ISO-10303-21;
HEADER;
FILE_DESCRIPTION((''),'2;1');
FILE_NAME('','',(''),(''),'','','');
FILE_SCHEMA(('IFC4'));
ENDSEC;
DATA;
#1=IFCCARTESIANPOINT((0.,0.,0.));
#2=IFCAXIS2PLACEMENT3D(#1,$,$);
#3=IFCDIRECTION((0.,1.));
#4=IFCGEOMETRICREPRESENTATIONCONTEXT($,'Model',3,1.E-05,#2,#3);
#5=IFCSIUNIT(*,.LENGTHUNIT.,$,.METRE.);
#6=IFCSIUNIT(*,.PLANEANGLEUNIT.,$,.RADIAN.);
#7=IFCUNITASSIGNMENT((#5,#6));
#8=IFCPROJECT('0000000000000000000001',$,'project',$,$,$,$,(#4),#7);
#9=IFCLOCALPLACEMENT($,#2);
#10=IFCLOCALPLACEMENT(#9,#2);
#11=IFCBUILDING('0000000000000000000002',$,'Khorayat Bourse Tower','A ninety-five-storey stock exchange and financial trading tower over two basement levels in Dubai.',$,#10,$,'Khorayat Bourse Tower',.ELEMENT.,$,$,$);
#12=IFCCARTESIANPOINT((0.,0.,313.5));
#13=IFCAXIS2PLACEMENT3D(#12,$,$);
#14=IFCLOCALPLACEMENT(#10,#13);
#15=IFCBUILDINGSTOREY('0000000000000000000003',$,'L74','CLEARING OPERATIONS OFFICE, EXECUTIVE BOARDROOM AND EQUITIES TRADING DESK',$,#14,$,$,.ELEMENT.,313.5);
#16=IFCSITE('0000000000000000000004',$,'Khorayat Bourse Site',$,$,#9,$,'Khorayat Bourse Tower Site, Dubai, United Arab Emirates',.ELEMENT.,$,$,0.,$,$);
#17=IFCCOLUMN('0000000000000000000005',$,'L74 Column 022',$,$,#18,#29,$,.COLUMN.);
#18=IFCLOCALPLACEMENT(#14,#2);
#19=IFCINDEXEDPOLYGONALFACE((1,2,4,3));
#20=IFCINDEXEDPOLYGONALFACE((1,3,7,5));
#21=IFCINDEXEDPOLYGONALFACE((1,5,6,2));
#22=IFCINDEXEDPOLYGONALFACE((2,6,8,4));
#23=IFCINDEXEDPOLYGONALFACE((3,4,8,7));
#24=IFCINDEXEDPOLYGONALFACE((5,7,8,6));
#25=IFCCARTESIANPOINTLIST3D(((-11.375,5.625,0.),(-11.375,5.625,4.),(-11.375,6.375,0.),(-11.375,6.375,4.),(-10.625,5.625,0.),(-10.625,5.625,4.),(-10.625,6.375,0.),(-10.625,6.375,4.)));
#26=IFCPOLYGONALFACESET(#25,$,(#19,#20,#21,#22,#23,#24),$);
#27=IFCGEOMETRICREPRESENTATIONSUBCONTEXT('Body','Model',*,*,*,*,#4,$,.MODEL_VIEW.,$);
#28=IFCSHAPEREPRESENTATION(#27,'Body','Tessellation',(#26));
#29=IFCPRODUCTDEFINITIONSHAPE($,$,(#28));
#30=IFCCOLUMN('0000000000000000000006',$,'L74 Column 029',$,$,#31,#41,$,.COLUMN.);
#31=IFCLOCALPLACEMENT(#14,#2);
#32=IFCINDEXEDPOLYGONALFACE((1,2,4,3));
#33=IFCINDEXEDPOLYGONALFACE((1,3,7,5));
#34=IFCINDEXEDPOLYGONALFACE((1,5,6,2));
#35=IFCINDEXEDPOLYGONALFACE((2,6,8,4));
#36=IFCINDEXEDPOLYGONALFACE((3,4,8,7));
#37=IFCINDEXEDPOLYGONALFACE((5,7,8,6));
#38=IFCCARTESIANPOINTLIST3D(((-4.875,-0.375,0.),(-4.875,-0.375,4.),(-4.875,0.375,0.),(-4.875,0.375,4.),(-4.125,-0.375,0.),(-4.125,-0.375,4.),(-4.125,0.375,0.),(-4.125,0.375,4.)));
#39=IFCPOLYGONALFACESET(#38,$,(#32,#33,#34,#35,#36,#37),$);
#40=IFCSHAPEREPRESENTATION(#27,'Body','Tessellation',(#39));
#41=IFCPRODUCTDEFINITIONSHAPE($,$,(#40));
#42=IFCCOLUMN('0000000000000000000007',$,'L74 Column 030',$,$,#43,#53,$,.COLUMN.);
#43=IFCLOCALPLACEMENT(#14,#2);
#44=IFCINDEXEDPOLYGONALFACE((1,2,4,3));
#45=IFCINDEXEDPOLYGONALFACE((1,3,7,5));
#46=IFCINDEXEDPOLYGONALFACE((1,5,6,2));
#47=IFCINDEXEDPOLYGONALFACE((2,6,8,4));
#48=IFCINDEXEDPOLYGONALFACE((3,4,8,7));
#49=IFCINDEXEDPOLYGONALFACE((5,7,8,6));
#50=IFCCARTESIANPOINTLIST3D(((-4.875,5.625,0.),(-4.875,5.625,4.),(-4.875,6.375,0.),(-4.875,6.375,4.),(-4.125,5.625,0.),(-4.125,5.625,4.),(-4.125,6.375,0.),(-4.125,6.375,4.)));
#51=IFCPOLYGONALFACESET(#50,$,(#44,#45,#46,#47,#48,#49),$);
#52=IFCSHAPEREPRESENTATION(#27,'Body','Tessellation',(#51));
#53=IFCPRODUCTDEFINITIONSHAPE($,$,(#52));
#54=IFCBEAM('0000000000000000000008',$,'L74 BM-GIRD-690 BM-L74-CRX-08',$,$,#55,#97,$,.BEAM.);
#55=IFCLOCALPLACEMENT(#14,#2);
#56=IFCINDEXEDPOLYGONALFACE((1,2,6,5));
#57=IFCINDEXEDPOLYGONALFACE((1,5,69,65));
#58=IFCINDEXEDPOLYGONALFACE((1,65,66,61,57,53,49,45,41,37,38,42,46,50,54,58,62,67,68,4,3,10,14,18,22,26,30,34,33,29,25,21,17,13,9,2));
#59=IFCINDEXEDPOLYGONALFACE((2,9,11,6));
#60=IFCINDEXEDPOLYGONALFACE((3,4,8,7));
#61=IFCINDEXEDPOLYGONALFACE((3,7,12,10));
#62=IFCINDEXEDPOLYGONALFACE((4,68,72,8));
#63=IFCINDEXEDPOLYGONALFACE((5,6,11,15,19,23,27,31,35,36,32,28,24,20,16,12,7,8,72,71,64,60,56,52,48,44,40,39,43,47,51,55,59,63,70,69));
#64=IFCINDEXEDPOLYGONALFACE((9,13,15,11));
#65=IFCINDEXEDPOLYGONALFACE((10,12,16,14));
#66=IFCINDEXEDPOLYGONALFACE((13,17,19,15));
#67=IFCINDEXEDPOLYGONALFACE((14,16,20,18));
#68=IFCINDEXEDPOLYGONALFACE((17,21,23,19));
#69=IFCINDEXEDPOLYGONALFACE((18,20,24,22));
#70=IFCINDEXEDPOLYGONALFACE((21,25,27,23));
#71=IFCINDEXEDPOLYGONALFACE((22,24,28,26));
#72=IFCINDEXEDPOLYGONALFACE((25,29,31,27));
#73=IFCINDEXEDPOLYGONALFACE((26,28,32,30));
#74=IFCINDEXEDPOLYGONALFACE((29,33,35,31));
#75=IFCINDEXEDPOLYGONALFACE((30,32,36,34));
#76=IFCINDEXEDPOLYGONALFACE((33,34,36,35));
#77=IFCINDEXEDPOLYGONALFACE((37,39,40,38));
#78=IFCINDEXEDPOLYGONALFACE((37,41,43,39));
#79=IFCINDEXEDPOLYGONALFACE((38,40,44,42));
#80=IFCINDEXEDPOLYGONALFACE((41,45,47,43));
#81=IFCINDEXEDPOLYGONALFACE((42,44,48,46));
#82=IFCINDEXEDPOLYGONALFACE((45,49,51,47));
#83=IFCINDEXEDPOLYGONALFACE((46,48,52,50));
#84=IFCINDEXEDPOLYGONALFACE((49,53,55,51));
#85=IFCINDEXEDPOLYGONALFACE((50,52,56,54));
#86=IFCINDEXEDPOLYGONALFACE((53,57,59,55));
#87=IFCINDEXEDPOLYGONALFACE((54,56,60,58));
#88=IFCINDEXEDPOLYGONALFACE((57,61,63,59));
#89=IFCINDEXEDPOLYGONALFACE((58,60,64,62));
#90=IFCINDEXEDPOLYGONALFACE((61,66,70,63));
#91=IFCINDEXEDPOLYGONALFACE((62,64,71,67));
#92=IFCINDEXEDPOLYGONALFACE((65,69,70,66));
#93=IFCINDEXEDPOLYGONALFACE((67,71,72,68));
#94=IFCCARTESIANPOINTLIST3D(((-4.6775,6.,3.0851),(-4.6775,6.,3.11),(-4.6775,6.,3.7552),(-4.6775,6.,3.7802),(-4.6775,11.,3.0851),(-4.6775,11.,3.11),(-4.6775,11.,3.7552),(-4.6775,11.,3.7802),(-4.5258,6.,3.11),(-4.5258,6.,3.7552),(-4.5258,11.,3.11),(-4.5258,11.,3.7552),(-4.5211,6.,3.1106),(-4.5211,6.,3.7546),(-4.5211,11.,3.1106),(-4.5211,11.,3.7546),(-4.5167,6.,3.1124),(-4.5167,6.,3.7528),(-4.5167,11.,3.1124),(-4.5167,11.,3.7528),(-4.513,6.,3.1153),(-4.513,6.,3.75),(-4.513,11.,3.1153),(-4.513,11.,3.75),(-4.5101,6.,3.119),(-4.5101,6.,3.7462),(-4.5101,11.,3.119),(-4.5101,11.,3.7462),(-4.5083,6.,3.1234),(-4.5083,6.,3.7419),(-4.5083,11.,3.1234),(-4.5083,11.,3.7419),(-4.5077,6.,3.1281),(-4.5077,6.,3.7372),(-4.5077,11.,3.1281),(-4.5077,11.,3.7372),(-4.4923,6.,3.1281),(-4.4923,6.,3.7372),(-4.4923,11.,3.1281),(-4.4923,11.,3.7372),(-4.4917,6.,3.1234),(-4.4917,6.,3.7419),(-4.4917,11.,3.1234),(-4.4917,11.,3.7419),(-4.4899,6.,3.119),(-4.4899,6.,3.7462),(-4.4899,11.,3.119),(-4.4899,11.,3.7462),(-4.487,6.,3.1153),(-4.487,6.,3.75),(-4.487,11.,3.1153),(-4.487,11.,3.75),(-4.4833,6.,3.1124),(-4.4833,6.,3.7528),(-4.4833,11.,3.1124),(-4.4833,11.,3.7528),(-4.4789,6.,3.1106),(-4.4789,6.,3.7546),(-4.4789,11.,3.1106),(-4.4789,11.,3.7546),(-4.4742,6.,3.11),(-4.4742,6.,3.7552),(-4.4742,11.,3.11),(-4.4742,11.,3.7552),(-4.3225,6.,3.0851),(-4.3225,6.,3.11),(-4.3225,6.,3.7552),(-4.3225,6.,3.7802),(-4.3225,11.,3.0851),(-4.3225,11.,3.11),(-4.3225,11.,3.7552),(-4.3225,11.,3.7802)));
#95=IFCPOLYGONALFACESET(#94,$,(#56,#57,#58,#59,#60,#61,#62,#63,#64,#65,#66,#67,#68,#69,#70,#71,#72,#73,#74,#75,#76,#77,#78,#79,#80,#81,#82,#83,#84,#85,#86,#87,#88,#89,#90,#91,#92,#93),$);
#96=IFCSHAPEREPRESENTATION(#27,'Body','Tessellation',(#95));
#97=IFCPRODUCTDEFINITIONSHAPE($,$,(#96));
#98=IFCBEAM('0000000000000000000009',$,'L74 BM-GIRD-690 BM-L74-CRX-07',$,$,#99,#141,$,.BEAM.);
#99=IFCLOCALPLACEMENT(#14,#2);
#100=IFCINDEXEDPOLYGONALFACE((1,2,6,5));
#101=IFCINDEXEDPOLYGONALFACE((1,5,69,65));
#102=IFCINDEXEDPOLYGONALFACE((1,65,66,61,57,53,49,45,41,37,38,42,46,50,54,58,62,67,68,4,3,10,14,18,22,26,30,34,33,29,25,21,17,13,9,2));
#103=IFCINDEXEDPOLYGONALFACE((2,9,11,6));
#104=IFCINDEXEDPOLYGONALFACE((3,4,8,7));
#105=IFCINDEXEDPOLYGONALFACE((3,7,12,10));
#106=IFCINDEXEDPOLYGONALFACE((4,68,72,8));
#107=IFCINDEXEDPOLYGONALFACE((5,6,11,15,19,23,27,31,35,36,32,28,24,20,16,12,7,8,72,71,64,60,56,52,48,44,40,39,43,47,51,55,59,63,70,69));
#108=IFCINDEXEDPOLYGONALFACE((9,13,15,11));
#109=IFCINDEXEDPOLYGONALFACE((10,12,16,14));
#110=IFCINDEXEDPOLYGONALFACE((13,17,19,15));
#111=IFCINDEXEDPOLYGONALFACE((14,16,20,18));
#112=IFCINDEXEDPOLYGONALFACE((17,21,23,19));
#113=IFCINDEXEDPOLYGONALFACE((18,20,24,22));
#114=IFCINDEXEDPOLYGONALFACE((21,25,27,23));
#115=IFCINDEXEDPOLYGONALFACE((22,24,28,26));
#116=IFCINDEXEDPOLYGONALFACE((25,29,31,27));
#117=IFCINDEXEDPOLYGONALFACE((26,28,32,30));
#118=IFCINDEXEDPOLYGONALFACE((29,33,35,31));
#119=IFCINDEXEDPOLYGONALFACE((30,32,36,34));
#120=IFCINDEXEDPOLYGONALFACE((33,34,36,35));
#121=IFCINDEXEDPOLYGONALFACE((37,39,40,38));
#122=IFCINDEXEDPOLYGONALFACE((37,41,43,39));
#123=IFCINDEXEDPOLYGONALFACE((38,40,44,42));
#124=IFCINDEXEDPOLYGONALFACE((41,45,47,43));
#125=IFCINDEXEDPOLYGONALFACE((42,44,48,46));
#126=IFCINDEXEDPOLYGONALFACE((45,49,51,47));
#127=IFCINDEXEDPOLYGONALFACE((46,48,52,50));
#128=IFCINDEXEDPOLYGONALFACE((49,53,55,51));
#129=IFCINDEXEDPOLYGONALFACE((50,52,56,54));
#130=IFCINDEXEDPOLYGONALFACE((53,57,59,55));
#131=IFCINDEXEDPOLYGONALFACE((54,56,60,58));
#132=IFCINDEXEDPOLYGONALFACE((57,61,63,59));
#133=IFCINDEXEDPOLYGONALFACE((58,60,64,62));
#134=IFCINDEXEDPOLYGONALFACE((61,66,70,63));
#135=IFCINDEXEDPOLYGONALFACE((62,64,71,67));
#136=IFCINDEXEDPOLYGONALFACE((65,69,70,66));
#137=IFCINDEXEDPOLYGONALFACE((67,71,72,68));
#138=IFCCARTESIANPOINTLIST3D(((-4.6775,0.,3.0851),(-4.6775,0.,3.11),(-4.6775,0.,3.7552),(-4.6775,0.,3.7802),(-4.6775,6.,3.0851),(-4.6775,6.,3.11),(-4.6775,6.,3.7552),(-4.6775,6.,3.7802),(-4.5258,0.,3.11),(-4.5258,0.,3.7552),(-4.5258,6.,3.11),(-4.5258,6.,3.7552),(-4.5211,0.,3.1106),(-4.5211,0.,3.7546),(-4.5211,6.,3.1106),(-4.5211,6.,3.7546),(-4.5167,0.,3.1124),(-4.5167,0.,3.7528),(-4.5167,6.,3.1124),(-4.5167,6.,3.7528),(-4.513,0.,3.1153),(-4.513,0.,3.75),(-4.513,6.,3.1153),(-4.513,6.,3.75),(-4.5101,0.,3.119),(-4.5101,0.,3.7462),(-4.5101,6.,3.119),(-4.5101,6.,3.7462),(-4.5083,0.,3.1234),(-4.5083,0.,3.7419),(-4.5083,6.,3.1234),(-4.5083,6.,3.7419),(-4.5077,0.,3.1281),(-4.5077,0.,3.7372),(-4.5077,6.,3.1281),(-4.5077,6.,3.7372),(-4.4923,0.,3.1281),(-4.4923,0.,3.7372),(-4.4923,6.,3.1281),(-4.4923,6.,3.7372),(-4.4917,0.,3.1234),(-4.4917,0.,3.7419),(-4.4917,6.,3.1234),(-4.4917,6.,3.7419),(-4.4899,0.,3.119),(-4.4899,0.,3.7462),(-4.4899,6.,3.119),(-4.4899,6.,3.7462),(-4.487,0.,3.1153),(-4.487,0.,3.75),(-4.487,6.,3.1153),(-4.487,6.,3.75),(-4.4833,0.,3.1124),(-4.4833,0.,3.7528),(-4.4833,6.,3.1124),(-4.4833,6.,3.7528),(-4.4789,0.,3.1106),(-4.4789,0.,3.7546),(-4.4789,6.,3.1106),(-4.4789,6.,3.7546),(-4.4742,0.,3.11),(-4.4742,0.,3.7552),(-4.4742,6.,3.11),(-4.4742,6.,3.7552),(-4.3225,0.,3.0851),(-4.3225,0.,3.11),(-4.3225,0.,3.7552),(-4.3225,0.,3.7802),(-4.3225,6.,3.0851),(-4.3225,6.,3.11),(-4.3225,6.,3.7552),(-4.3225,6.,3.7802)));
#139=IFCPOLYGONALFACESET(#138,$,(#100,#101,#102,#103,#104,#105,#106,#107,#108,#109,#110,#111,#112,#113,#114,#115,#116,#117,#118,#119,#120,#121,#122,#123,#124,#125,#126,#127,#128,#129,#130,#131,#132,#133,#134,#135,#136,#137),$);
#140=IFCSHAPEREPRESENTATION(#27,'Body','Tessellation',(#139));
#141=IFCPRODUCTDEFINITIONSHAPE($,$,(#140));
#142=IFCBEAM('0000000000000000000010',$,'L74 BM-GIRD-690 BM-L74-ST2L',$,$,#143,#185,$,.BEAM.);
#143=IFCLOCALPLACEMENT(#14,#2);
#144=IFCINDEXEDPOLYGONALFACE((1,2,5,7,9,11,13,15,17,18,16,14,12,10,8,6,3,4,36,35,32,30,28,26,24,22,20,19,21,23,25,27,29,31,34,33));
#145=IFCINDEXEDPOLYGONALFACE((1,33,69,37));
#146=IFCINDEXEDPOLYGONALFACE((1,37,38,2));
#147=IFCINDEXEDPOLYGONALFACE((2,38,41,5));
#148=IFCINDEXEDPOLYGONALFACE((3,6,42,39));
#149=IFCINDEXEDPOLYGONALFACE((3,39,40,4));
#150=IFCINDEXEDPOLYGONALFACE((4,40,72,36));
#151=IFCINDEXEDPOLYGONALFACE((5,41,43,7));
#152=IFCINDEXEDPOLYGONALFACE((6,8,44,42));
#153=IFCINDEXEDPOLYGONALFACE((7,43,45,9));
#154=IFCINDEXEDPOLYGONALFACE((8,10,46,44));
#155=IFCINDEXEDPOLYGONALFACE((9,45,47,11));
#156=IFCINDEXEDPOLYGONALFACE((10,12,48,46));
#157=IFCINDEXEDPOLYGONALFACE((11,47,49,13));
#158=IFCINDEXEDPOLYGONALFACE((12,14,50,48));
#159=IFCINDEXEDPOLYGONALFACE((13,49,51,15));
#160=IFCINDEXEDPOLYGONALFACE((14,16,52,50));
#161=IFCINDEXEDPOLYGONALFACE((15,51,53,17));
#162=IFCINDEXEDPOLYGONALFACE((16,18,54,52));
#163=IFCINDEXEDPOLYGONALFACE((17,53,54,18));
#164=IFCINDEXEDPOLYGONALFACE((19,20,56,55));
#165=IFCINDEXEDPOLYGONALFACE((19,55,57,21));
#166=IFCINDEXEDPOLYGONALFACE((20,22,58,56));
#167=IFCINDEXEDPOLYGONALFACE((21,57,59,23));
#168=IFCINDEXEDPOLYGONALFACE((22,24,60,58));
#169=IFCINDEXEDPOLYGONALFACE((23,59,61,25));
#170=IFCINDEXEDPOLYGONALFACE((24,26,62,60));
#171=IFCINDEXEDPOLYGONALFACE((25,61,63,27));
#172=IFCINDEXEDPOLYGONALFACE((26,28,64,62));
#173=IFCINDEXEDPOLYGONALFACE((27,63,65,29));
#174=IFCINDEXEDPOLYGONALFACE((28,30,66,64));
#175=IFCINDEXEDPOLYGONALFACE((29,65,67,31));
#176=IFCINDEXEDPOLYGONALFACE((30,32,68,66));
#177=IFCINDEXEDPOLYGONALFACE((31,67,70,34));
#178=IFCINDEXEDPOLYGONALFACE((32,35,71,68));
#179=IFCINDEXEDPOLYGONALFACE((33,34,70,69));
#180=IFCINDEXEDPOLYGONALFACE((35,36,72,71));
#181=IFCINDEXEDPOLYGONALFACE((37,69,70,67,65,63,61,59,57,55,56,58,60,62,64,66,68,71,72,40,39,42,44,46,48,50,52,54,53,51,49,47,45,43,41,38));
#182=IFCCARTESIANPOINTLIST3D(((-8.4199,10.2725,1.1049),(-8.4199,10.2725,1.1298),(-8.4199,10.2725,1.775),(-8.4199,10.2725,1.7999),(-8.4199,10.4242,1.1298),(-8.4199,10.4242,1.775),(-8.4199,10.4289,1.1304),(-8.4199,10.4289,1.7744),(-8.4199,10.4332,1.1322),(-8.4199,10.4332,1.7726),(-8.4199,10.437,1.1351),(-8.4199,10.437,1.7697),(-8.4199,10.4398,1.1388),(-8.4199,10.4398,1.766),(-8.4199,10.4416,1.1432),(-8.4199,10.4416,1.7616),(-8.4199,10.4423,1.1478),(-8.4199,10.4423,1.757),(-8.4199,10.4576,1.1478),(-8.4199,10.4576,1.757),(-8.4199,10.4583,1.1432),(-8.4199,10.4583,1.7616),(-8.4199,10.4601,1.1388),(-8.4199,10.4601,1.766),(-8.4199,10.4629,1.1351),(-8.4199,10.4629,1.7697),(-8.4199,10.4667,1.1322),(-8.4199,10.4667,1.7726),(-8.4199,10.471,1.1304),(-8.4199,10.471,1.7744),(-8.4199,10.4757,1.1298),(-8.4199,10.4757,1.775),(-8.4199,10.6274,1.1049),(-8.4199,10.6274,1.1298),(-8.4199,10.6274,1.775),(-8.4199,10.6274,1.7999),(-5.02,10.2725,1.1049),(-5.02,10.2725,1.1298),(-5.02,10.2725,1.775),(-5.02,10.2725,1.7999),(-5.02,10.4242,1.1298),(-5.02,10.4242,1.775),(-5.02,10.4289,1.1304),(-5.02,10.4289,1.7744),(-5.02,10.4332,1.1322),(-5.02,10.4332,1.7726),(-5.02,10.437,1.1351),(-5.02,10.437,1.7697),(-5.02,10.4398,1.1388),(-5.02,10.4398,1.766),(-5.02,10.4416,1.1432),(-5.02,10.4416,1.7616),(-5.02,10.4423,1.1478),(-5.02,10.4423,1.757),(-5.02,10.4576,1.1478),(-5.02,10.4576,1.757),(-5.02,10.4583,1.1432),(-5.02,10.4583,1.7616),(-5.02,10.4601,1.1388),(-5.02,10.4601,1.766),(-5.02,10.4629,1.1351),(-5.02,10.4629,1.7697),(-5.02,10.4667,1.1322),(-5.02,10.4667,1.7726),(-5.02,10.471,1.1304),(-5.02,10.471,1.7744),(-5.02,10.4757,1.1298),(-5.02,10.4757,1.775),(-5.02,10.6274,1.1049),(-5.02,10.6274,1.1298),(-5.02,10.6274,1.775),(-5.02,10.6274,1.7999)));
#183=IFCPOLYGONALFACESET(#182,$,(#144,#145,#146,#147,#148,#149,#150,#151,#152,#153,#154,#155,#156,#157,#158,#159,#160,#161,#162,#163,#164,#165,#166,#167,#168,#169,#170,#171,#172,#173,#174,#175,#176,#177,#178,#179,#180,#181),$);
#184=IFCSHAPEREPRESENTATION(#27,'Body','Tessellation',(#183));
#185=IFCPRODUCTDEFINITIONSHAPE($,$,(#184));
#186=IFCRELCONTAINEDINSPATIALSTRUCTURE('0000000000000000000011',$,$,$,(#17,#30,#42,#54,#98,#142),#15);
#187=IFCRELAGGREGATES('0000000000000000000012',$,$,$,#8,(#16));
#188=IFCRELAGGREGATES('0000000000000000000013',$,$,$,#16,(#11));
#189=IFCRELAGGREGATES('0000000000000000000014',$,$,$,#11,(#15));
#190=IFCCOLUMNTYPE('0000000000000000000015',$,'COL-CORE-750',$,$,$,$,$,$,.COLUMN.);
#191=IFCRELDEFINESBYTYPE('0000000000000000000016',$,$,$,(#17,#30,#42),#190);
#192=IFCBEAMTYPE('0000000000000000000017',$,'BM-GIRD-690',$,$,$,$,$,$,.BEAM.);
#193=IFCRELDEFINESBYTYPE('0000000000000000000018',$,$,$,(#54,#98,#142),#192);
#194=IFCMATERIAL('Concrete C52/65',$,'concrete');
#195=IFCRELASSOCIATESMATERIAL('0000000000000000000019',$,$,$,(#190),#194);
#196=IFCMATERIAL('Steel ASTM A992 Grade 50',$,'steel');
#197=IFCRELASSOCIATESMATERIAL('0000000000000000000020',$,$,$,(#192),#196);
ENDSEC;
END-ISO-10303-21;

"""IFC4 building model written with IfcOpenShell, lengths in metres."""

from ifc_helpers import new_model, si_unit, direction, frame, origin, origin_2d, place, context, subcontext, project, spatial, rectangle, i_section, extrude, source, transform, mapped, material, material_profile, profile_set, type_object, element, save


model = new_model("IFC4")

# Units and contexts
model_context = context("Model", 3, precision=1e-05, world=origin(), true_north=direction((0.0, 1.0)))
body_context = subcontext(model_context, "Body", "Model", "MODEL_VIEW")
ifc_project = project(units=[si_unit("LENGTHUNIT", "METRE"), si_unit("PLANEANGLEUNIT", "RADIAN")], contexts=[model_context])

# Site, building, storey
site_placement = place(None, origin())
site = spatial("IfcSite", under=ifc_project, at=site_placement, Name="Khorayat Bourse Site", LongName="Khorayat Bourse Tower Site, Dubai, United Arab Emirates", CompositionType="ELEMENT", RefElevation=0.0)
building_placement = place(site_placement, origin())
building = spatial("IfcBuilding", under=site, at=building_placement, Name="Khorayat Bourse Tower", Description="A ninety-five-storey stock exchange and financial trading tower over two basement levels in Dubai.", LongName="Khorayat Bourse Tower", CompositionType="ELEMENT")
storey_placement = place(building_placement, frame((0.0, 0.0, 313.5)))
storey = spatial("IfcBuildingStorey", under=building, at=storey_placement, Name="L74", Description="CLEARING OPERATIONS OFFICE, EXECUTIVE BOARDROOM AND EQUITIES TRADING DESK", CompositionType="ELEMENT", Elevation=313.5)

# Columns
ifc_material_1 = material(Name="Concrete C52/65", Category="concrete")
ifc_material_profile_1 = material_profile(ifc_material_1, rectangle(XDim=0.75, YDim=0.75, at=origin_2d()), Name="RC 750x750")
ifc_profile_set_1 = profile_set([ifc_material_profile_1], Name="Concrete C52/65")
column_type = type_object("IfcColumnType", Name="COL-CORE-750", PredefinedType="COLUMN", material=ifc_profile_set_1)
shared_shape_1 = source(origin(), body_context, "Body", "SweptSolid", [
    extrude(rectangle(XDim=0.75, YDim=0.75, at=origin_2d()), origin(), (0.0, 0.0, 1.0), 4.0),
])
for number, where, z_axis, x_axis, name in (
    (1, (-11.0, 6.0, 0.0), (0.0, 0.0, 1.0), (1.0, 0.0, 0.0), "L74 Column 022"),
    (2, (-4.5, 0.0, 0.0), (0.0, 0.0, 1.0), (1.0, 0.0, 0.0), "L74 Column 029"),
    (3, (-4.5, 6.0, 0.0), (0.0, 0.0, 1.0), (1.0, 0.0, 0.0), "L74 Column 030"),
):
    element("IfcColumn", number, at=place(storey_placement, frame(where, z_axis=z_axis, x_axis=x_axis)), inside=storey, type_object=column_type, Name=name, PredefinedType="COLUMN", context=body_context, shape_type="MappedRepresentation", body=[
        mapped(shared_shape_1, transform((0.0, 0.0, 0.0), scale=1.0)),
    ])

# Beams
ifc_material_2 = material(Name="Steel ASTM A992 Grade 50", Category="steel")
ifc_material_profile_2 = material_profile(ifc_material_2, i_section(OverallWidth=0.355, OverallDepth=0.6951, WebThickness=0.0154, FlangeThickness=0.0249, FilletRadius=0.0181, at=origin_2d()), Name="W690X217")
ifc_profile_set_2 = profile_set([ifc_material_profile_2], Name="Steel ASTM A992 Grade 50")
beam_type_1 = type_object("IfcBeamType", Name="BM-GIRD-690", PredefinedType="BEAM", material=ifc_profile_set_2)
shared_shape_2 = source(origin(), body_context, "Body", "SweptSolid", [
    extrude(i_section(OverallWidth=0.355, OverallDepth=0.6951, WebThickness=0.0154, FlangeThickness=0.0249, FilletRadius=0.0181, at=origin_2d()), origin(), (0.0, 0.0, 1.0), 5.0),
])
beam_1_placement = place(storey_placement, frame((-4.5, 6.0, 3.4326), z_axis=(0.0, 1.0, 0.0), x_axis=(-1.0, 0.0, 0.0)))
element("IfcBeam", 4, at=beam_1_placement, inside=storey, type_object=beam_type_1, Name="L74 BM-GIRD-690 BM-L74-CRX-08", PredefinedType="BEAM", context=body_context, shape_type="MappedRepresentation", body=[
    mapped(shared_shape_2, transform((0.0, 0.0, 0.0), scale=1.0)),
])
shared_shape_3 = source(origin(), body_context, "Body", "SweptSolid", [
    extrude(i_section(OverallWidth=0.355, OverallDepth=0.6951, WebThickness=0.0154, FlangeThickness=0.0249, FilletRadius=0.0181, at=origin_2d()), origin(), (0.0, 0.0, 1.0), 6.0),
])
beam_2_placement = place(storey_placement, frame((-4.5, 0.0, 3.4326), z_axis=(0.0, 1.0, 0.0), x_axis=(-1.0, 0.0, 0.0)))
element("IfcBeam", 5, at=beam_2_placement, inside=storey, type_object=beam_type_1, Name="L74 BM-GIRD-690 BM-L74-CRX-07", PredefinedType="BEAM", context=body_context, shape_type="MappedRepresentation", body=[
    mapped(shared_shape_3, transform((0.0, 0.0, 0.0), scale=1.0)),
])
shared_shape_4 = source(origin(), body_context, "Body", "SweptSolid", [
    extrude(i_section(OverallWidth=0.355, OverallDepth=0.6951, WebThickness=0.0154, FlangeThickness=0.0249, FilletRadius=0.0181, at=origin_2d()), origin(), (0.0, 0.0, 1.0), 3.3999),
])
beam_3_placement = place(storey_placement, frame((-8.4199, 10.45, 1.4524), z_axis=(1.0, 0.0, 0.0), x_axis=(0.0, 1.0, 0.0)))
element("IfcBeam", 6, at=beam_3_placement, inside=storey, type_object=beam_type_1, Name="L74 BM-GIRD-690 BM-L74-ST2L", PredefinedType="BEAM", context=body_context, shape_type="MappedRepresentation", body=[
    mapped(shared_shape_4, transform((0.0, 0.0, 0.0), scale=1.0)),
])

save(model, "model.ifc")
